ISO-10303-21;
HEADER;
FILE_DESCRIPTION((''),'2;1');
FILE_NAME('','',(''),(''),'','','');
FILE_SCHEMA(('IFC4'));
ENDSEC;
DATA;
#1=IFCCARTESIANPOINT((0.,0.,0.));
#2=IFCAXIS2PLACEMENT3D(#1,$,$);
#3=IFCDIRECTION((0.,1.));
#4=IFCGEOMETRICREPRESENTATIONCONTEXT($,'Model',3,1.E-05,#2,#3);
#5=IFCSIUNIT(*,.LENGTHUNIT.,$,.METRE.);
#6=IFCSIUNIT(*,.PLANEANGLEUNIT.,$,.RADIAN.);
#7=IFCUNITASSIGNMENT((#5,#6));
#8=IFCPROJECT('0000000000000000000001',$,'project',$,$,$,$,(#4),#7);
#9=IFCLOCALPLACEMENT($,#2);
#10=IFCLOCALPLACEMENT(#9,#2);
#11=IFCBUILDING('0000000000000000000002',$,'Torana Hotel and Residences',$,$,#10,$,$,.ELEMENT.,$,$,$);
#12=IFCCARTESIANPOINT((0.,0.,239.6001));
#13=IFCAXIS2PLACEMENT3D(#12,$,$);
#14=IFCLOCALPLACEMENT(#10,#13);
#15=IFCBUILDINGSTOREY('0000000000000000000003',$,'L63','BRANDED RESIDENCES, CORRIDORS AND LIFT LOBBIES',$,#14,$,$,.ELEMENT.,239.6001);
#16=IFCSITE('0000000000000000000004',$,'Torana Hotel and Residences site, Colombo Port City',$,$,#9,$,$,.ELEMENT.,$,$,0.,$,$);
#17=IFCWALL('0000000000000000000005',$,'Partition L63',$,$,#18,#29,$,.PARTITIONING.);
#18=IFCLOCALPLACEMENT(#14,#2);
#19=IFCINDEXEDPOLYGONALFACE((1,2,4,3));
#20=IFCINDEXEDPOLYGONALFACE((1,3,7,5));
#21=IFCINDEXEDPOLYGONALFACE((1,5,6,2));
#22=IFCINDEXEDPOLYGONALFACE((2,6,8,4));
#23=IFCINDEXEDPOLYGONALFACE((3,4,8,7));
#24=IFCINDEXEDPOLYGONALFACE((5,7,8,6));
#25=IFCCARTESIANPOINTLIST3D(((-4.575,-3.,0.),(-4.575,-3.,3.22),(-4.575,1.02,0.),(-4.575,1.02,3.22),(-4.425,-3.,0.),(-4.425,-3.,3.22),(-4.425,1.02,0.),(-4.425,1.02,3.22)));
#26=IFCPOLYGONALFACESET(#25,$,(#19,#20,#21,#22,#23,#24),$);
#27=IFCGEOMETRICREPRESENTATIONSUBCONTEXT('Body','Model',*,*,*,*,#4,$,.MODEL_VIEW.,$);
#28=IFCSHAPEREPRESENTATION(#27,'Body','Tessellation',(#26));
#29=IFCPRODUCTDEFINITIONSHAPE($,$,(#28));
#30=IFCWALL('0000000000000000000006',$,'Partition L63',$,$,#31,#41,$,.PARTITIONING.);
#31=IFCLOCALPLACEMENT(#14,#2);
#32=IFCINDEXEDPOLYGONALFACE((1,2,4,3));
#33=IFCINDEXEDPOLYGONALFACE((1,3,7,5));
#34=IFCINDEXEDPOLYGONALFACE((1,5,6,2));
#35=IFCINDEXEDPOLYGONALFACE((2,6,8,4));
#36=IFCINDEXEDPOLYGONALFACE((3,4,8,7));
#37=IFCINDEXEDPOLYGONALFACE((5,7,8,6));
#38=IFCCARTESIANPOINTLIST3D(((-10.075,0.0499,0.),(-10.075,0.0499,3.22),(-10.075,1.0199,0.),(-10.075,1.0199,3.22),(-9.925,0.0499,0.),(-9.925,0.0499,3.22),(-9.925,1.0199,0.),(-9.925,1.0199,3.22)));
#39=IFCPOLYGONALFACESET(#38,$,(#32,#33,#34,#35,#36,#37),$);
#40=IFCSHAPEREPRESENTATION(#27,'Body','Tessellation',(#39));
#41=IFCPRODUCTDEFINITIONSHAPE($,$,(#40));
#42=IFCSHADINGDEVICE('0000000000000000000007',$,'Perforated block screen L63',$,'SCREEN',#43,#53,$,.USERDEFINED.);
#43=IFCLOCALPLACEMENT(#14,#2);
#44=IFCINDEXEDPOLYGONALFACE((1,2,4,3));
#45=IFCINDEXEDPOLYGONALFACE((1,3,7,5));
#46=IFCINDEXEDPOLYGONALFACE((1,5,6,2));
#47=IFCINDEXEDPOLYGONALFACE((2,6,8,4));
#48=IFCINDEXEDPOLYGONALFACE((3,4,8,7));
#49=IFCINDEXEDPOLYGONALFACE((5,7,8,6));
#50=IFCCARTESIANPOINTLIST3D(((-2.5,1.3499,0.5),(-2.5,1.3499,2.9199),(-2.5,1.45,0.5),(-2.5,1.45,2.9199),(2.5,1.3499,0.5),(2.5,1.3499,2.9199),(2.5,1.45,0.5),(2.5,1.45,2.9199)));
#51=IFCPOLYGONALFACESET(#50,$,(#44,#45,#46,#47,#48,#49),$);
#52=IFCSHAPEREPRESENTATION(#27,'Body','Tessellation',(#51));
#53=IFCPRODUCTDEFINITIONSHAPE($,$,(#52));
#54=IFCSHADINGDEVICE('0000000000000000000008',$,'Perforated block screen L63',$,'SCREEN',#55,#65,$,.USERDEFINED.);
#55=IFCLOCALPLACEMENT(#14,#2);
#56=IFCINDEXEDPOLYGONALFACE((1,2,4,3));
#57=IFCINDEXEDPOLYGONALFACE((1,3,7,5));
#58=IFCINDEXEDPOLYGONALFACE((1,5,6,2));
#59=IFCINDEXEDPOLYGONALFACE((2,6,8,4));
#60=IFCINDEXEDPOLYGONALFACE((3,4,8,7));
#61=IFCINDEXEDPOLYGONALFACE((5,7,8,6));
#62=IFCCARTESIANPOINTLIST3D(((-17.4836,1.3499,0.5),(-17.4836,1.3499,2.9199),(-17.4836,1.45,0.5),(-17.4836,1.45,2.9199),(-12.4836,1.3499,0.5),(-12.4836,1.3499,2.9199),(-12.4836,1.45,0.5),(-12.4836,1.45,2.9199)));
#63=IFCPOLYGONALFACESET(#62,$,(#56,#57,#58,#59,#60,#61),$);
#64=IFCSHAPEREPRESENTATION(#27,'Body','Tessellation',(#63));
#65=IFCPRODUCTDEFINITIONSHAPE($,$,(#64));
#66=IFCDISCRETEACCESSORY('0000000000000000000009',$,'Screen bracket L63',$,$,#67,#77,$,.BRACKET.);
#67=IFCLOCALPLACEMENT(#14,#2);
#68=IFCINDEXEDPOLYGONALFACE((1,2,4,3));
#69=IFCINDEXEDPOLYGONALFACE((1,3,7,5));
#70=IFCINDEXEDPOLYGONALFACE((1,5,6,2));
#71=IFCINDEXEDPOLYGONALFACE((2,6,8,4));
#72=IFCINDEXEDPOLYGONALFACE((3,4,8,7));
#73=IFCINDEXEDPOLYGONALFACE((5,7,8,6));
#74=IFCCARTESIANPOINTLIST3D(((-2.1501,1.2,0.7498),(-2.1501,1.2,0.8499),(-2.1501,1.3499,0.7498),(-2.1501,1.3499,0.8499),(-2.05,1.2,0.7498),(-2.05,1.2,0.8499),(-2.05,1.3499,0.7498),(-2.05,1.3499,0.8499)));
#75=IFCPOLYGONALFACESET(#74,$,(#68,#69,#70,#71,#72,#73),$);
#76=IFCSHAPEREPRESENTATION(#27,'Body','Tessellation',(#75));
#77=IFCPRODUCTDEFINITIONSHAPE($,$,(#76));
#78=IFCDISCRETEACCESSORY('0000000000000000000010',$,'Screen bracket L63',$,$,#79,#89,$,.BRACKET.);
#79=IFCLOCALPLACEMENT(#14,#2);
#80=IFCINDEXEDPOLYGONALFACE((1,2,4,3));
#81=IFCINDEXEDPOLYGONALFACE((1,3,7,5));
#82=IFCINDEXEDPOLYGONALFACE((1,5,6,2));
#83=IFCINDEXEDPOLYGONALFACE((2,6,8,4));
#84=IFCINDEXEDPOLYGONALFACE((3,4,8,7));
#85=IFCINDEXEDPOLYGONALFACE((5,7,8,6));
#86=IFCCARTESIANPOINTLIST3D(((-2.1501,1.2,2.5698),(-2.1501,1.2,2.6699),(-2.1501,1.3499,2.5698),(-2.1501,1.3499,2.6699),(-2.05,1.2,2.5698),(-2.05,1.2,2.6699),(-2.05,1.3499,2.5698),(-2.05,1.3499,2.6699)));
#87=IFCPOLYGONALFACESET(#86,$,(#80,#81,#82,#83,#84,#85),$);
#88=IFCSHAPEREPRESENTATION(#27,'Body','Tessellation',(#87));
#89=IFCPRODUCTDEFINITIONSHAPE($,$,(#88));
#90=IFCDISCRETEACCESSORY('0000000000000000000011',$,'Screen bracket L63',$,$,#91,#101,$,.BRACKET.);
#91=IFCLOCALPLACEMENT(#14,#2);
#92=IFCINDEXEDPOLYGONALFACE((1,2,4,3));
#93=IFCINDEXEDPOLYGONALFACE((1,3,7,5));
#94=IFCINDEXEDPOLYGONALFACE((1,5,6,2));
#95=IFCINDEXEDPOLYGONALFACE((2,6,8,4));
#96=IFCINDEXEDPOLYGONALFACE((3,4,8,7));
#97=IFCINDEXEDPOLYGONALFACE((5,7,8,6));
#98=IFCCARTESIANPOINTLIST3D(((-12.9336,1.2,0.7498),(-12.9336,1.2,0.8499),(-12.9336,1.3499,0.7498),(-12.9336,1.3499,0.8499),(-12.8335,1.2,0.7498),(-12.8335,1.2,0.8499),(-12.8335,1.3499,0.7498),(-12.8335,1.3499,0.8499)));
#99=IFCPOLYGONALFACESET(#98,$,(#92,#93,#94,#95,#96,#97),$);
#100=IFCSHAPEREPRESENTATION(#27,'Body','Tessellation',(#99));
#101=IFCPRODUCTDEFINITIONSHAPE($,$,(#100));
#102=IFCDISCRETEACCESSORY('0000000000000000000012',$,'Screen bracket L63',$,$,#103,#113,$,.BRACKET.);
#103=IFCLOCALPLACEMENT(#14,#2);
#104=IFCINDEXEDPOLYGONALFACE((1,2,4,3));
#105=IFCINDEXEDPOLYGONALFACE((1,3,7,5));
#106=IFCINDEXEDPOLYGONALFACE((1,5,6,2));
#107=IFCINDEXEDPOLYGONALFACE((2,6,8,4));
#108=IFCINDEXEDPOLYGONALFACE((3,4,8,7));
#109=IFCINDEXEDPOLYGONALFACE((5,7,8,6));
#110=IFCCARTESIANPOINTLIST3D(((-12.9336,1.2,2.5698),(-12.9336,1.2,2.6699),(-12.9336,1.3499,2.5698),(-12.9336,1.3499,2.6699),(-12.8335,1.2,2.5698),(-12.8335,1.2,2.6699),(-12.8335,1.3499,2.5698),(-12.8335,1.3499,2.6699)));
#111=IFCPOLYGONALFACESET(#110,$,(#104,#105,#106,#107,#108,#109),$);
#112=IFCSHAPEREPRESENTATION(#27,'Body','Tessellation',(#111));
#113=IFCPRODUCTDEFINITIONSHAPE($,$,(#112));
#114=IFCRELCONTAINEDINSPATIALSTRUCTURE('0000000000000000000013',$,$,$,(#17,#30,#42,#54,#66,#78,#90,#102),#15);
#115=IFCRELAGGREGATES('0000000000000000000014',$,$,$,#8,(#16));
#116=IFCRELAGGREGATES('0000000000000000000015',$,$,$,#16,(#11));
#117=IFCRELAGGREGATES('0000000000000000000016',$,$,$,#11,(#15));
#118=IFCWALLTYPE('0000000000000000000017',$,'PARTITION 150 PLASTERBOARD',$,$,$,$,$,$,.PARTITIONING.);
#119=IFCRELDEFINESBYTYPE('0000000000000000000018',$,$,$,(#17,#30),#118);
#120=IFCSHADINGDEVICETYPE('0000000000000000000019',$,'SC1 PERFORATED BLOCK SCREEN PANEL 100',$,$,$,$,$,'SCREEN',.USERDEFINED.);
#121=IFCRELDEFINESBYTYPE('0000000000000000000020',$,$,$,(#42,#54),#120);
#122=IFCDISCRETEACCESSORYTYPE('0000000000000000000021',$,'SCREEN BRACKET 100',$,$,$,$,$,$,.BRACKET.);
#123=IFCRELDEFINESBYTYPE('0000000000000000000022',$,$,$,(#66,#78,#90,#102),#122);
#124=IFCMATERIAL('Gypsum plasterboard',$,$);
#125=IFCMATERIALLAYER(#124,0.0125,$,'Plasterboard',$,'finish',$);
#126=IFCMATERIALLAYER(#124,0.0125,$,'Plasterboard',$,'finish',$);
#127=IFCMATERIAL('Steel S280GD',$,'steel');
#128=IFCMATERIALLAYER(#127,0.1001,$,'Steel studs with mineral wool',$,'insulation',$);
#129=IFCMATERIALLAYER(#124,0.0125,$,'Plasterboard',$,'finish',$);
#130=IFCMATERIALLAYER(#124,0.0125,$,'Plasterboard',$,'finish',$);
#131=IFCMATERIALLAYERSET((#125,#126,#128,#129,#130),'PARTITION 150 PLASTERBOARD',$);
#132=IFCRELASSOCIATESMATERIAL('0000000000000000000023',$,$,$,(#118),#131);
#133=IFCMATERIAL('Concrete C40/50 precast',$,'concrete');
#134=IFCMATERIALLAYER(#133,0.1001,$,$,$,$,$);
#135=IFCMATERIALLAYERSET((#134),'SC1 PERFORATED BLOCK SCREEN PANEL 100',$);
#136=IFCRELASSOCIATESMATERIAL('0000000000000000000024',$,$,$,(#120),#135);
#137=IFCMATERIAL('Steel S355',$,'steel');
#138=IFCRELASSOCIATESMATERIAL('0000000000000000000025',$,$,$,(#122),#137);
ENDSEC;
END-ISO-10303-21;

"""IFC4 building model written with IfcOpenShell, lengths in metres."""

from ifc_helpers import new_model, si_unit, direction, frame, frame_2d, origin, origin_2d, place, context, subcontext, project, spatial, rectangle, extrude, material, layer, layer_set, type_object, element, save


model = new_model("IFC4")

# Units and contexts
model_context = context("Model", 3, precision=1e-05, world=origin(), true_north=direction((0.0, 1.0)))
body_context = subcontext(model_context, "Body", "Model", "MODEL_VIEW")
ifc_project = project(units=[si_unit("LENGTHUNIT", "METRE"), si_unit("PLANEANGLEUNIT", "RADIAN")], contexts=[model_context])

# Site, building, storey
site_placement = place(None, origin())
site = spatial("IfcSite", under=ifc_project, at=site_placement, Name="Torana Hotel and Residences site, Colombo Port City", CompositionType="ELEMENT", RefElevation=0.0)
building_placement = place(site_placement, origin())
building = spatial("IfcBuilding", under=site, at=building_placement, Name="Torana Hotel and Residences", CompositionType="ELEMENT")
storey_placement = place(building_placement, frame((0.0, 0.0, 239.6001)))
storey = spatial("IfcBuildingStorey", under=building, at=storey_placement, Name="L63", Description="BRANDED RESIDENCES, CORRIDORS AND LIFT LOBBIES", CompositionType="ELEMENT", Elevation=239.6001)

# Walls
ifc_material_1 = material(Name="Gypsum plasterboard")
ifc_layer_1 = layer(ifc_material_1, 0.0125, Name="Plasterboard", Category="finish")
ifc_layer_2 = layer(ifc_material_1, 0.0125, Name="Plasterboard", Category="finish")
ifc_material_2 = material(Name="Steel S280GD", Category="steel")
ifc_layer_3 = layer(ifc_material_2, 0.1001, Name="Steel studs with mineral wool", Category="insulation")
ifc_layer_4 = layer(ifc_material_1, 0.0125, Name="Plasterboard", Category="finish")
ifc_layer_5 = layer(ifc_material_1, 0.0125, Name="Plasterboard", Category="finish")
ifc_layer_set_1 = layer_set([ifc_layer_1, ifc_layer_2, ifc_layer_3, ifc_layer_4, ifc_layer_5], Name="PARTITION 150 PLASTERBOARD")
wall_type_1 = type_object("IfcWallType", Name="PARTITION 150 PLASTERBOARD", PredefinedType="PARTITIONING", material=ifc_layer_set_1)
wall_1_placement = place(storey_placement, frame((-4.5, -3.0, 0.0), z_axis=(0.0, 0.0, 1.0), x_axis=(0.0, 1.0, 0.0)))
element("IfcWall", 1, at=wall_1_placement, inside=storey, type_object=wall_type_1, Name="Partition L63", PredefinedType="PARTITIONING", context=body_context, shape_type="SweptSolid", body=[
    extrude(rectangle(XDim=4.02, YDim=0.1499, at=frame_2d((2.01, 0.0))), origin(), (0.0, 0.0, 1.0), 3.22),
])
wall_2_placement = place(storey_placement, frame((-10.0, 0.05, 0.0), z_axis=(0.0, 0.0, 1.0), x_axis=(0.0, 1.0, 0.0)))
element("IfcWall", 2, at=wall_2_placement, inside=storey, type_object=wall_type_1, Name="Partition L63", PredefinedType="PARTITIONING", context=body_context, shape_type="SweptSolid", body=[
    extrude(rectangle(XDim=0.97, YDim=0.1499, at=frame_2d((0.4849, 0.0))), origin(), (0.0, 0.0, 1.0), 3.22),
])

# Shading devices
ifc_material_3 = material(Name="Concrete C40/50 precast", Category="concrete")
ifc_layer_6 = layer(ifc_material_3, 0.1001)
ifc_layer_set_2 = layer_set([ifc_layer_6], Name="SC1 PERFORATED BLOCK SCREEN PANEL 100")
shading_device_type = type_object("IfcShadingDeviceType", Name="SC1 PERFORATED BLOCK SCREEN PANEL 100", ElementType="SCREEN", PredefinedType="USERDEFINED", material=ifc_layer_set_2)
for number, where, z_axis, x_axis, name in (
    (3, (0.0, 1.3999, 0.5), (0.0, 0.0, 1.0), (-1.0, 0.0, 0.0), "Perforated block screen L63"),
    (4, (-14.9836, 1.3999, 0.5), (0.0, 0.0, 1.0), (-1.0, 0.0, 0.0), "Perforated block screen L63"),
):
    element("IfcShadingDevice", number, at=place(storey_placement, frame(where, z_axis=z_axis, x_axis=x_axis)), inside=storey, type_object=shading_device_type, Name=name, ObjectType="SCREEN", PredefinedType="USERDEFINED", context=body_context, shape_type="SweptSolid", body=[
        extrude(rectangle(XDim=5.0, YDim=0.1001, at=origin_2d()), origin(), (0.0, 0.0, 1.0), 2.4199),
    ])

# Discrete accessories
ifc_material_4 = material(Name="Steel S355", Category="steel")
discrete_accessory_type = type_object("IfcDiscreteAccessoryType", Name="SCREEN BRACKET 100", PredefinedType="BRACKET", material=ifc_material_4)
for number, where, z_axis, x_axis, name in (
    (5, (-2.1001, 1.2749, 0.7498), (0.0, 0.0, 1.0), (-1.0, 0.0, 0.0), "Screen bracket L63"),
    (6, (-2.1001, 1.2749, 2.5698), (0.0, 0.0, 1.0), (-1.0, 0.0, 0.0), "Screen bracket L63"),
    (7, (-12.8835, 1.2749, 0.7498), (0.0, 0.0, 1.0), (-1.0, 0.0, 0.0), "Screen bracket L63"),
    (8, (-12.8835, 1.2749, 2.5698), (0.0, 0.0, 1.0), (-1.0, 0.0, 0.0), "Screen bracket L63"),
):
    element("IfcDiscreteAccessory", number, at=place(storey_placement, frame(where, z_axis=z_axis, x_axis=x_axis)), inside=storey, type_object=discrete_accessory_type, Name=name, PredefinedType="BRACKET", context=body_context, shape_type="SweptSolid", body=[
        extrude(rectangle(XDim=0.1001, YDim=0.1499, at=origin_2d()), origin(), (0.0, 0.0, 1.0), 0.1001),
    ])

save(model, "model.ifc")
